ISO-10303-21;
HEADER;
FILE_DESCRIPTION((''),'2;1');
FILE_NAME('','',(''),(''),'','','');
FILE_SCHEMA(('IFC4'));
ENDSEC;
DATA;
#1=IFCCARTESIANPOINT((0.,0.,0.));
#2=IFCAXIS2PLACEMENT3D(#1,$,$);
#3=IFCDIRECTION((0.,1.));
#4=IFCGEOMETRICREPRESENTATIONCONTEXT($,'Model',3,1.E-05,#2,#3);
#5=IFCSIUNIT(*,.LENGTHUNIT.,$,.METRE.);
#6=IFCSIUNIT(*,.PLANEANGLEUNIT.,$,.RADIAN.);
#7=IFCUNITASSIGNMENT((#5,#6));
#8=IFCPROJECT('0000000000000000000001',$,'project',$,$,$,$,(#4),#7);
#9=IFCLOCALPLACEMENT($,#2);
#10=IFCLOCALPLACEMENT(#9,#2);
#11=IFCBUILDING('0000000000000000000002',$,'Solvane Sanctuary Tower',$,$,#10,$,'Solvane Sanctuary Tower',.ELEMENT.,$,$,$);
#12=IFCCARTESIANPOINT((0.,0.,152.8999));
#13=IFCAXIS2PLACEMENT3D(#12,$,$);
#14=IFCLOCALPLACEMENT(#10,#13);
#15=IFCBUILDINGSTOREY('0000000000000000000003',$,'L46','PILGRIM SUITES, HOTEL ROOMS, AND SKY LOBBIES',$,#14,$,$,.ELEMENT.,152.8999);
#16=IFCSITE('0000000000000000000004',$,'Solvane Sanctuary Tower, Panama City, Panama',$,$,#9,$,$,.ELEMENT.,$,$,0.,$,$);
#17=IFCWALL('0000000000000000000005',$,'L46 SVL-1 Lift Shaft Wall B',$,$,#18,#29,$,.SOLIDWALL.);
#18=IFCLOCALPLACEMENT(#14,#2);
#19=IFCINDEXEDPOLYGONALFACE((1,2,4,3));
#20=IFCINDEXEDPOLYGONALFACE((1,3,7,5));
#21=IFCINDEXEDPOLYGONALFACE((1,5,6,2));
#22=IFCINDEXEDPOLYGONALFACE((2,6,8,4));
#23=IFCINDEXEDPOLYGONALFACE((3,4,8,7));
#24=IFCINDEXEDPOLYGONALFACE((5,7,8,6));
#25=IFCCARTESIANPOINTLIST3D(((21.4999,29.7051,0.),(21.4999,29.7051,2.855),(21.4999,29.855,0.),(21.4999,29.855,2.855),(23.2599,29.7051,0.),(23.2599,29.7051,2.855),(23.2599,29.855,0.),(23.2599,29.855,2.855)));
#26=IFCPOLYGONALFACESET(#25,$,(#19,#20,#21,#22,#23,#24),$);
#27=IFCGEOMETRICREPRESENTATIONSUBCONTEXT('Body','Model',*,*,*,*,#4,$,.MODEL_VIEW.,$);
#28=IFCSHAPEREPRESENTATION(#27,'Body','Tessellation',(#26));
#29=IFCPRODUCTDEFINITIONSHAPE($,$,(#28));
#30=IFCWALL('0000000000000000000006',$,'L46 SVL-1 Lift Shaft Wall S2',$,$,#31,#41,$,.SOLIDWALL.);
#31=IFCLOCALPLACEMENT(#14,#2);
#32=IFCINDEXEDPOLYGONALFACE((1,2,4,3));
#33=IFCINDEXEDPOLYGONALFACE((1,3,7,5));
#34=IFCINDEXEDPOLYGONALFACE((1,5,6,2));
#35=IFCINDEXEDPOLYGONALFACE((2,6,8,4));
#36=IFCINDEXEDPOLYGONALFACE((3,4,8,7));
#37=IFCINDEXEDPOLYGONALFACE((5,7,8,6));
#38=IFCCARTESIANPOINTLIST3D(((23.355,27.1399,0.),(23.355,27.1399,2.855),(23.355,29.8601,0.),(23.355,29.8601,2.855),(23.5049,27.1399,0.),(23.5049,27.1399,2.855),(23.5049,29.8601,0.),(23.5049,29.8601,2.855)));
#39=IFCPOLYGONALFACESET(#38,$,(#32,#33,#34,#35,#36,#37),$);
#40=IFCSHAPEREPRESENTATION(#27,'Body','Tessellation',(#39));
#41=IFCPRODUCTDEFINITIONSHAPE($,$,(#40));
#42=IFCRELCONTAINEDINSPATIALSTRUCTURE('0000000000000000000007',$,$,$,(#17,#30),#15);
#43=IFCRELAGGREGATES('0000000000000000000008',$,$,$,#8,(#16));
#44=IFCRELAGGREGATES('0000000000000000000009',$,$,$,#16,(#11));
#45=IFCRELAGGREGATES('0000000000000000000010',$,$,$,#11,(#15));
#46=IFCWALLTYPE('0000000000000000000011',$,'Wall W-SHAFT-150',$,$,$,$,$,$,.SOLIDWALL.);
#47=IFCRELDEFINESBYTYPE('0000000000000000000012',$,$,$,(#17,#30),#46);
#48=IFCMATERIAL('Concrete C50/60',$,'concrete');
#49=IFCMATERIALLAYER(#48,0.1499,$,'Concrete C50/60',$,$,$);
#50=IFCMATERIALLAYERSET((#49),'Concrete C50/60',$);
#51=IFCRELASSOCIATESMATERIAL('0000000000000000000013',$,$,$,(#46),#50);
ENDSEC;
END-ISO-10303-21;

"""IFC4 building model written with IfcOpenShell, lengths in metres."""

from ifc_helpers import new_model, si_unit, direction, frame, frame_2d, origin, place, context, subcontext, project, spatial, rectangle, extrude, material, layer, layer_set, type_object, element, save


model = new_model("IFC4")

# Units and contexts
model_context = context("Model", 3, precision=1e-05, world=origin(), true_north=direction((0.0, 1.0)))
body_context = subcontext(model_context, "Body", "Model", "MODEL_VIEW")
ifc_project = project(units=[si_unit("LENGTHUNIT", "METRE"), si_unit("PLANEANGLEUNIT", "RADIAN")], contexts=[model_context])

# Site, building, storey
site_placement = place(None, origin())
site = spatial("IfcSite", under=ifc_project, at=site_placement, Name="Solvane Sanctuary Tower, Panama City, Panama", CompositionType="ELEMENT", RefElevation=0.0)
building_placement = place(site_placement, origin())
building = spatial("IfcBuilding", under=site, at=building_placement, Name="Solvane Sanctuary Tower", LongName="Solvane Sanctuary Tower", CompositionType="ELEMENT")
storey_placement = place(building_placement, frame((0.0, 0.0, 152.8999)))
storey = spatial("IfcBuildingStorey", under=building, at=storey_placement, Name="L46", Description="PILGRIM SUITES, HOTEL ROOMS, AND SKY LOBBIES", CompositionType="ELEMENT", Elevation=152.8999)

# Shared definitions
ifc_material_1 = material(Name="Concrete C50/60", Category="concrete")

# Shared definitions
ifc_layer_1 = layer(ifc_material_1, 0.1499, Name="Concrete C50/60")
ifc_layer_set_1 = layer_set([ifc_layer_1], Name="Concrete C50/60")
wall_type_1 = type_object("IfcWallType", Name="Wall W-SHAFT-150", PredefinedType="SOLIDWALL", material=ifc_layer_set_1)

# Walls
wall_1_placement = place(storey_placement, frame((21.5, 29.78, 0.0), z_axis=(0.0, 0.0, 1.0), x_axis=(1.0, 0.0, 0.0)))
element("IfcWall", 1, at=wall_1_placement, inside=storey, type_object=wall_type_1, Name="L46 SVL-1 Lift Shaft Wall B", PredefinedType="SOLIDWALL", context=body_context, shape_type="SweptSolid", body=[
    extrude(rectangle(XDim=1.76, YDim=0.1499, at=frame_2d((0.8799, 0.0))), origin(), (0.0, 0.0, 1.0), 2.855),
])
wall_2_placement = place(storey_placement, frame((23.4299, 27.1399, 0.0), z_axis=(0.0, 0.0, 1.0), x_axis=(0.0, 1.0, 0.0)))
element("IfcWall", 2, at=wall_2_placement, inside=storey, type_object=wall_type_1, Name="L46 SVL-1 Lift Shaft Wall S2", PredefinedType="SOLIDWALL", context=body_context, shape_type="SweptSolid", body=[
    extrude(rectangle(XDim=2.7202, YDim=0.1499, at=frame_2d((1.3601, 0.0))), origin(), (0.0, 0.0, 1.0), 2.855),
])

save(model, "model.ifc")
